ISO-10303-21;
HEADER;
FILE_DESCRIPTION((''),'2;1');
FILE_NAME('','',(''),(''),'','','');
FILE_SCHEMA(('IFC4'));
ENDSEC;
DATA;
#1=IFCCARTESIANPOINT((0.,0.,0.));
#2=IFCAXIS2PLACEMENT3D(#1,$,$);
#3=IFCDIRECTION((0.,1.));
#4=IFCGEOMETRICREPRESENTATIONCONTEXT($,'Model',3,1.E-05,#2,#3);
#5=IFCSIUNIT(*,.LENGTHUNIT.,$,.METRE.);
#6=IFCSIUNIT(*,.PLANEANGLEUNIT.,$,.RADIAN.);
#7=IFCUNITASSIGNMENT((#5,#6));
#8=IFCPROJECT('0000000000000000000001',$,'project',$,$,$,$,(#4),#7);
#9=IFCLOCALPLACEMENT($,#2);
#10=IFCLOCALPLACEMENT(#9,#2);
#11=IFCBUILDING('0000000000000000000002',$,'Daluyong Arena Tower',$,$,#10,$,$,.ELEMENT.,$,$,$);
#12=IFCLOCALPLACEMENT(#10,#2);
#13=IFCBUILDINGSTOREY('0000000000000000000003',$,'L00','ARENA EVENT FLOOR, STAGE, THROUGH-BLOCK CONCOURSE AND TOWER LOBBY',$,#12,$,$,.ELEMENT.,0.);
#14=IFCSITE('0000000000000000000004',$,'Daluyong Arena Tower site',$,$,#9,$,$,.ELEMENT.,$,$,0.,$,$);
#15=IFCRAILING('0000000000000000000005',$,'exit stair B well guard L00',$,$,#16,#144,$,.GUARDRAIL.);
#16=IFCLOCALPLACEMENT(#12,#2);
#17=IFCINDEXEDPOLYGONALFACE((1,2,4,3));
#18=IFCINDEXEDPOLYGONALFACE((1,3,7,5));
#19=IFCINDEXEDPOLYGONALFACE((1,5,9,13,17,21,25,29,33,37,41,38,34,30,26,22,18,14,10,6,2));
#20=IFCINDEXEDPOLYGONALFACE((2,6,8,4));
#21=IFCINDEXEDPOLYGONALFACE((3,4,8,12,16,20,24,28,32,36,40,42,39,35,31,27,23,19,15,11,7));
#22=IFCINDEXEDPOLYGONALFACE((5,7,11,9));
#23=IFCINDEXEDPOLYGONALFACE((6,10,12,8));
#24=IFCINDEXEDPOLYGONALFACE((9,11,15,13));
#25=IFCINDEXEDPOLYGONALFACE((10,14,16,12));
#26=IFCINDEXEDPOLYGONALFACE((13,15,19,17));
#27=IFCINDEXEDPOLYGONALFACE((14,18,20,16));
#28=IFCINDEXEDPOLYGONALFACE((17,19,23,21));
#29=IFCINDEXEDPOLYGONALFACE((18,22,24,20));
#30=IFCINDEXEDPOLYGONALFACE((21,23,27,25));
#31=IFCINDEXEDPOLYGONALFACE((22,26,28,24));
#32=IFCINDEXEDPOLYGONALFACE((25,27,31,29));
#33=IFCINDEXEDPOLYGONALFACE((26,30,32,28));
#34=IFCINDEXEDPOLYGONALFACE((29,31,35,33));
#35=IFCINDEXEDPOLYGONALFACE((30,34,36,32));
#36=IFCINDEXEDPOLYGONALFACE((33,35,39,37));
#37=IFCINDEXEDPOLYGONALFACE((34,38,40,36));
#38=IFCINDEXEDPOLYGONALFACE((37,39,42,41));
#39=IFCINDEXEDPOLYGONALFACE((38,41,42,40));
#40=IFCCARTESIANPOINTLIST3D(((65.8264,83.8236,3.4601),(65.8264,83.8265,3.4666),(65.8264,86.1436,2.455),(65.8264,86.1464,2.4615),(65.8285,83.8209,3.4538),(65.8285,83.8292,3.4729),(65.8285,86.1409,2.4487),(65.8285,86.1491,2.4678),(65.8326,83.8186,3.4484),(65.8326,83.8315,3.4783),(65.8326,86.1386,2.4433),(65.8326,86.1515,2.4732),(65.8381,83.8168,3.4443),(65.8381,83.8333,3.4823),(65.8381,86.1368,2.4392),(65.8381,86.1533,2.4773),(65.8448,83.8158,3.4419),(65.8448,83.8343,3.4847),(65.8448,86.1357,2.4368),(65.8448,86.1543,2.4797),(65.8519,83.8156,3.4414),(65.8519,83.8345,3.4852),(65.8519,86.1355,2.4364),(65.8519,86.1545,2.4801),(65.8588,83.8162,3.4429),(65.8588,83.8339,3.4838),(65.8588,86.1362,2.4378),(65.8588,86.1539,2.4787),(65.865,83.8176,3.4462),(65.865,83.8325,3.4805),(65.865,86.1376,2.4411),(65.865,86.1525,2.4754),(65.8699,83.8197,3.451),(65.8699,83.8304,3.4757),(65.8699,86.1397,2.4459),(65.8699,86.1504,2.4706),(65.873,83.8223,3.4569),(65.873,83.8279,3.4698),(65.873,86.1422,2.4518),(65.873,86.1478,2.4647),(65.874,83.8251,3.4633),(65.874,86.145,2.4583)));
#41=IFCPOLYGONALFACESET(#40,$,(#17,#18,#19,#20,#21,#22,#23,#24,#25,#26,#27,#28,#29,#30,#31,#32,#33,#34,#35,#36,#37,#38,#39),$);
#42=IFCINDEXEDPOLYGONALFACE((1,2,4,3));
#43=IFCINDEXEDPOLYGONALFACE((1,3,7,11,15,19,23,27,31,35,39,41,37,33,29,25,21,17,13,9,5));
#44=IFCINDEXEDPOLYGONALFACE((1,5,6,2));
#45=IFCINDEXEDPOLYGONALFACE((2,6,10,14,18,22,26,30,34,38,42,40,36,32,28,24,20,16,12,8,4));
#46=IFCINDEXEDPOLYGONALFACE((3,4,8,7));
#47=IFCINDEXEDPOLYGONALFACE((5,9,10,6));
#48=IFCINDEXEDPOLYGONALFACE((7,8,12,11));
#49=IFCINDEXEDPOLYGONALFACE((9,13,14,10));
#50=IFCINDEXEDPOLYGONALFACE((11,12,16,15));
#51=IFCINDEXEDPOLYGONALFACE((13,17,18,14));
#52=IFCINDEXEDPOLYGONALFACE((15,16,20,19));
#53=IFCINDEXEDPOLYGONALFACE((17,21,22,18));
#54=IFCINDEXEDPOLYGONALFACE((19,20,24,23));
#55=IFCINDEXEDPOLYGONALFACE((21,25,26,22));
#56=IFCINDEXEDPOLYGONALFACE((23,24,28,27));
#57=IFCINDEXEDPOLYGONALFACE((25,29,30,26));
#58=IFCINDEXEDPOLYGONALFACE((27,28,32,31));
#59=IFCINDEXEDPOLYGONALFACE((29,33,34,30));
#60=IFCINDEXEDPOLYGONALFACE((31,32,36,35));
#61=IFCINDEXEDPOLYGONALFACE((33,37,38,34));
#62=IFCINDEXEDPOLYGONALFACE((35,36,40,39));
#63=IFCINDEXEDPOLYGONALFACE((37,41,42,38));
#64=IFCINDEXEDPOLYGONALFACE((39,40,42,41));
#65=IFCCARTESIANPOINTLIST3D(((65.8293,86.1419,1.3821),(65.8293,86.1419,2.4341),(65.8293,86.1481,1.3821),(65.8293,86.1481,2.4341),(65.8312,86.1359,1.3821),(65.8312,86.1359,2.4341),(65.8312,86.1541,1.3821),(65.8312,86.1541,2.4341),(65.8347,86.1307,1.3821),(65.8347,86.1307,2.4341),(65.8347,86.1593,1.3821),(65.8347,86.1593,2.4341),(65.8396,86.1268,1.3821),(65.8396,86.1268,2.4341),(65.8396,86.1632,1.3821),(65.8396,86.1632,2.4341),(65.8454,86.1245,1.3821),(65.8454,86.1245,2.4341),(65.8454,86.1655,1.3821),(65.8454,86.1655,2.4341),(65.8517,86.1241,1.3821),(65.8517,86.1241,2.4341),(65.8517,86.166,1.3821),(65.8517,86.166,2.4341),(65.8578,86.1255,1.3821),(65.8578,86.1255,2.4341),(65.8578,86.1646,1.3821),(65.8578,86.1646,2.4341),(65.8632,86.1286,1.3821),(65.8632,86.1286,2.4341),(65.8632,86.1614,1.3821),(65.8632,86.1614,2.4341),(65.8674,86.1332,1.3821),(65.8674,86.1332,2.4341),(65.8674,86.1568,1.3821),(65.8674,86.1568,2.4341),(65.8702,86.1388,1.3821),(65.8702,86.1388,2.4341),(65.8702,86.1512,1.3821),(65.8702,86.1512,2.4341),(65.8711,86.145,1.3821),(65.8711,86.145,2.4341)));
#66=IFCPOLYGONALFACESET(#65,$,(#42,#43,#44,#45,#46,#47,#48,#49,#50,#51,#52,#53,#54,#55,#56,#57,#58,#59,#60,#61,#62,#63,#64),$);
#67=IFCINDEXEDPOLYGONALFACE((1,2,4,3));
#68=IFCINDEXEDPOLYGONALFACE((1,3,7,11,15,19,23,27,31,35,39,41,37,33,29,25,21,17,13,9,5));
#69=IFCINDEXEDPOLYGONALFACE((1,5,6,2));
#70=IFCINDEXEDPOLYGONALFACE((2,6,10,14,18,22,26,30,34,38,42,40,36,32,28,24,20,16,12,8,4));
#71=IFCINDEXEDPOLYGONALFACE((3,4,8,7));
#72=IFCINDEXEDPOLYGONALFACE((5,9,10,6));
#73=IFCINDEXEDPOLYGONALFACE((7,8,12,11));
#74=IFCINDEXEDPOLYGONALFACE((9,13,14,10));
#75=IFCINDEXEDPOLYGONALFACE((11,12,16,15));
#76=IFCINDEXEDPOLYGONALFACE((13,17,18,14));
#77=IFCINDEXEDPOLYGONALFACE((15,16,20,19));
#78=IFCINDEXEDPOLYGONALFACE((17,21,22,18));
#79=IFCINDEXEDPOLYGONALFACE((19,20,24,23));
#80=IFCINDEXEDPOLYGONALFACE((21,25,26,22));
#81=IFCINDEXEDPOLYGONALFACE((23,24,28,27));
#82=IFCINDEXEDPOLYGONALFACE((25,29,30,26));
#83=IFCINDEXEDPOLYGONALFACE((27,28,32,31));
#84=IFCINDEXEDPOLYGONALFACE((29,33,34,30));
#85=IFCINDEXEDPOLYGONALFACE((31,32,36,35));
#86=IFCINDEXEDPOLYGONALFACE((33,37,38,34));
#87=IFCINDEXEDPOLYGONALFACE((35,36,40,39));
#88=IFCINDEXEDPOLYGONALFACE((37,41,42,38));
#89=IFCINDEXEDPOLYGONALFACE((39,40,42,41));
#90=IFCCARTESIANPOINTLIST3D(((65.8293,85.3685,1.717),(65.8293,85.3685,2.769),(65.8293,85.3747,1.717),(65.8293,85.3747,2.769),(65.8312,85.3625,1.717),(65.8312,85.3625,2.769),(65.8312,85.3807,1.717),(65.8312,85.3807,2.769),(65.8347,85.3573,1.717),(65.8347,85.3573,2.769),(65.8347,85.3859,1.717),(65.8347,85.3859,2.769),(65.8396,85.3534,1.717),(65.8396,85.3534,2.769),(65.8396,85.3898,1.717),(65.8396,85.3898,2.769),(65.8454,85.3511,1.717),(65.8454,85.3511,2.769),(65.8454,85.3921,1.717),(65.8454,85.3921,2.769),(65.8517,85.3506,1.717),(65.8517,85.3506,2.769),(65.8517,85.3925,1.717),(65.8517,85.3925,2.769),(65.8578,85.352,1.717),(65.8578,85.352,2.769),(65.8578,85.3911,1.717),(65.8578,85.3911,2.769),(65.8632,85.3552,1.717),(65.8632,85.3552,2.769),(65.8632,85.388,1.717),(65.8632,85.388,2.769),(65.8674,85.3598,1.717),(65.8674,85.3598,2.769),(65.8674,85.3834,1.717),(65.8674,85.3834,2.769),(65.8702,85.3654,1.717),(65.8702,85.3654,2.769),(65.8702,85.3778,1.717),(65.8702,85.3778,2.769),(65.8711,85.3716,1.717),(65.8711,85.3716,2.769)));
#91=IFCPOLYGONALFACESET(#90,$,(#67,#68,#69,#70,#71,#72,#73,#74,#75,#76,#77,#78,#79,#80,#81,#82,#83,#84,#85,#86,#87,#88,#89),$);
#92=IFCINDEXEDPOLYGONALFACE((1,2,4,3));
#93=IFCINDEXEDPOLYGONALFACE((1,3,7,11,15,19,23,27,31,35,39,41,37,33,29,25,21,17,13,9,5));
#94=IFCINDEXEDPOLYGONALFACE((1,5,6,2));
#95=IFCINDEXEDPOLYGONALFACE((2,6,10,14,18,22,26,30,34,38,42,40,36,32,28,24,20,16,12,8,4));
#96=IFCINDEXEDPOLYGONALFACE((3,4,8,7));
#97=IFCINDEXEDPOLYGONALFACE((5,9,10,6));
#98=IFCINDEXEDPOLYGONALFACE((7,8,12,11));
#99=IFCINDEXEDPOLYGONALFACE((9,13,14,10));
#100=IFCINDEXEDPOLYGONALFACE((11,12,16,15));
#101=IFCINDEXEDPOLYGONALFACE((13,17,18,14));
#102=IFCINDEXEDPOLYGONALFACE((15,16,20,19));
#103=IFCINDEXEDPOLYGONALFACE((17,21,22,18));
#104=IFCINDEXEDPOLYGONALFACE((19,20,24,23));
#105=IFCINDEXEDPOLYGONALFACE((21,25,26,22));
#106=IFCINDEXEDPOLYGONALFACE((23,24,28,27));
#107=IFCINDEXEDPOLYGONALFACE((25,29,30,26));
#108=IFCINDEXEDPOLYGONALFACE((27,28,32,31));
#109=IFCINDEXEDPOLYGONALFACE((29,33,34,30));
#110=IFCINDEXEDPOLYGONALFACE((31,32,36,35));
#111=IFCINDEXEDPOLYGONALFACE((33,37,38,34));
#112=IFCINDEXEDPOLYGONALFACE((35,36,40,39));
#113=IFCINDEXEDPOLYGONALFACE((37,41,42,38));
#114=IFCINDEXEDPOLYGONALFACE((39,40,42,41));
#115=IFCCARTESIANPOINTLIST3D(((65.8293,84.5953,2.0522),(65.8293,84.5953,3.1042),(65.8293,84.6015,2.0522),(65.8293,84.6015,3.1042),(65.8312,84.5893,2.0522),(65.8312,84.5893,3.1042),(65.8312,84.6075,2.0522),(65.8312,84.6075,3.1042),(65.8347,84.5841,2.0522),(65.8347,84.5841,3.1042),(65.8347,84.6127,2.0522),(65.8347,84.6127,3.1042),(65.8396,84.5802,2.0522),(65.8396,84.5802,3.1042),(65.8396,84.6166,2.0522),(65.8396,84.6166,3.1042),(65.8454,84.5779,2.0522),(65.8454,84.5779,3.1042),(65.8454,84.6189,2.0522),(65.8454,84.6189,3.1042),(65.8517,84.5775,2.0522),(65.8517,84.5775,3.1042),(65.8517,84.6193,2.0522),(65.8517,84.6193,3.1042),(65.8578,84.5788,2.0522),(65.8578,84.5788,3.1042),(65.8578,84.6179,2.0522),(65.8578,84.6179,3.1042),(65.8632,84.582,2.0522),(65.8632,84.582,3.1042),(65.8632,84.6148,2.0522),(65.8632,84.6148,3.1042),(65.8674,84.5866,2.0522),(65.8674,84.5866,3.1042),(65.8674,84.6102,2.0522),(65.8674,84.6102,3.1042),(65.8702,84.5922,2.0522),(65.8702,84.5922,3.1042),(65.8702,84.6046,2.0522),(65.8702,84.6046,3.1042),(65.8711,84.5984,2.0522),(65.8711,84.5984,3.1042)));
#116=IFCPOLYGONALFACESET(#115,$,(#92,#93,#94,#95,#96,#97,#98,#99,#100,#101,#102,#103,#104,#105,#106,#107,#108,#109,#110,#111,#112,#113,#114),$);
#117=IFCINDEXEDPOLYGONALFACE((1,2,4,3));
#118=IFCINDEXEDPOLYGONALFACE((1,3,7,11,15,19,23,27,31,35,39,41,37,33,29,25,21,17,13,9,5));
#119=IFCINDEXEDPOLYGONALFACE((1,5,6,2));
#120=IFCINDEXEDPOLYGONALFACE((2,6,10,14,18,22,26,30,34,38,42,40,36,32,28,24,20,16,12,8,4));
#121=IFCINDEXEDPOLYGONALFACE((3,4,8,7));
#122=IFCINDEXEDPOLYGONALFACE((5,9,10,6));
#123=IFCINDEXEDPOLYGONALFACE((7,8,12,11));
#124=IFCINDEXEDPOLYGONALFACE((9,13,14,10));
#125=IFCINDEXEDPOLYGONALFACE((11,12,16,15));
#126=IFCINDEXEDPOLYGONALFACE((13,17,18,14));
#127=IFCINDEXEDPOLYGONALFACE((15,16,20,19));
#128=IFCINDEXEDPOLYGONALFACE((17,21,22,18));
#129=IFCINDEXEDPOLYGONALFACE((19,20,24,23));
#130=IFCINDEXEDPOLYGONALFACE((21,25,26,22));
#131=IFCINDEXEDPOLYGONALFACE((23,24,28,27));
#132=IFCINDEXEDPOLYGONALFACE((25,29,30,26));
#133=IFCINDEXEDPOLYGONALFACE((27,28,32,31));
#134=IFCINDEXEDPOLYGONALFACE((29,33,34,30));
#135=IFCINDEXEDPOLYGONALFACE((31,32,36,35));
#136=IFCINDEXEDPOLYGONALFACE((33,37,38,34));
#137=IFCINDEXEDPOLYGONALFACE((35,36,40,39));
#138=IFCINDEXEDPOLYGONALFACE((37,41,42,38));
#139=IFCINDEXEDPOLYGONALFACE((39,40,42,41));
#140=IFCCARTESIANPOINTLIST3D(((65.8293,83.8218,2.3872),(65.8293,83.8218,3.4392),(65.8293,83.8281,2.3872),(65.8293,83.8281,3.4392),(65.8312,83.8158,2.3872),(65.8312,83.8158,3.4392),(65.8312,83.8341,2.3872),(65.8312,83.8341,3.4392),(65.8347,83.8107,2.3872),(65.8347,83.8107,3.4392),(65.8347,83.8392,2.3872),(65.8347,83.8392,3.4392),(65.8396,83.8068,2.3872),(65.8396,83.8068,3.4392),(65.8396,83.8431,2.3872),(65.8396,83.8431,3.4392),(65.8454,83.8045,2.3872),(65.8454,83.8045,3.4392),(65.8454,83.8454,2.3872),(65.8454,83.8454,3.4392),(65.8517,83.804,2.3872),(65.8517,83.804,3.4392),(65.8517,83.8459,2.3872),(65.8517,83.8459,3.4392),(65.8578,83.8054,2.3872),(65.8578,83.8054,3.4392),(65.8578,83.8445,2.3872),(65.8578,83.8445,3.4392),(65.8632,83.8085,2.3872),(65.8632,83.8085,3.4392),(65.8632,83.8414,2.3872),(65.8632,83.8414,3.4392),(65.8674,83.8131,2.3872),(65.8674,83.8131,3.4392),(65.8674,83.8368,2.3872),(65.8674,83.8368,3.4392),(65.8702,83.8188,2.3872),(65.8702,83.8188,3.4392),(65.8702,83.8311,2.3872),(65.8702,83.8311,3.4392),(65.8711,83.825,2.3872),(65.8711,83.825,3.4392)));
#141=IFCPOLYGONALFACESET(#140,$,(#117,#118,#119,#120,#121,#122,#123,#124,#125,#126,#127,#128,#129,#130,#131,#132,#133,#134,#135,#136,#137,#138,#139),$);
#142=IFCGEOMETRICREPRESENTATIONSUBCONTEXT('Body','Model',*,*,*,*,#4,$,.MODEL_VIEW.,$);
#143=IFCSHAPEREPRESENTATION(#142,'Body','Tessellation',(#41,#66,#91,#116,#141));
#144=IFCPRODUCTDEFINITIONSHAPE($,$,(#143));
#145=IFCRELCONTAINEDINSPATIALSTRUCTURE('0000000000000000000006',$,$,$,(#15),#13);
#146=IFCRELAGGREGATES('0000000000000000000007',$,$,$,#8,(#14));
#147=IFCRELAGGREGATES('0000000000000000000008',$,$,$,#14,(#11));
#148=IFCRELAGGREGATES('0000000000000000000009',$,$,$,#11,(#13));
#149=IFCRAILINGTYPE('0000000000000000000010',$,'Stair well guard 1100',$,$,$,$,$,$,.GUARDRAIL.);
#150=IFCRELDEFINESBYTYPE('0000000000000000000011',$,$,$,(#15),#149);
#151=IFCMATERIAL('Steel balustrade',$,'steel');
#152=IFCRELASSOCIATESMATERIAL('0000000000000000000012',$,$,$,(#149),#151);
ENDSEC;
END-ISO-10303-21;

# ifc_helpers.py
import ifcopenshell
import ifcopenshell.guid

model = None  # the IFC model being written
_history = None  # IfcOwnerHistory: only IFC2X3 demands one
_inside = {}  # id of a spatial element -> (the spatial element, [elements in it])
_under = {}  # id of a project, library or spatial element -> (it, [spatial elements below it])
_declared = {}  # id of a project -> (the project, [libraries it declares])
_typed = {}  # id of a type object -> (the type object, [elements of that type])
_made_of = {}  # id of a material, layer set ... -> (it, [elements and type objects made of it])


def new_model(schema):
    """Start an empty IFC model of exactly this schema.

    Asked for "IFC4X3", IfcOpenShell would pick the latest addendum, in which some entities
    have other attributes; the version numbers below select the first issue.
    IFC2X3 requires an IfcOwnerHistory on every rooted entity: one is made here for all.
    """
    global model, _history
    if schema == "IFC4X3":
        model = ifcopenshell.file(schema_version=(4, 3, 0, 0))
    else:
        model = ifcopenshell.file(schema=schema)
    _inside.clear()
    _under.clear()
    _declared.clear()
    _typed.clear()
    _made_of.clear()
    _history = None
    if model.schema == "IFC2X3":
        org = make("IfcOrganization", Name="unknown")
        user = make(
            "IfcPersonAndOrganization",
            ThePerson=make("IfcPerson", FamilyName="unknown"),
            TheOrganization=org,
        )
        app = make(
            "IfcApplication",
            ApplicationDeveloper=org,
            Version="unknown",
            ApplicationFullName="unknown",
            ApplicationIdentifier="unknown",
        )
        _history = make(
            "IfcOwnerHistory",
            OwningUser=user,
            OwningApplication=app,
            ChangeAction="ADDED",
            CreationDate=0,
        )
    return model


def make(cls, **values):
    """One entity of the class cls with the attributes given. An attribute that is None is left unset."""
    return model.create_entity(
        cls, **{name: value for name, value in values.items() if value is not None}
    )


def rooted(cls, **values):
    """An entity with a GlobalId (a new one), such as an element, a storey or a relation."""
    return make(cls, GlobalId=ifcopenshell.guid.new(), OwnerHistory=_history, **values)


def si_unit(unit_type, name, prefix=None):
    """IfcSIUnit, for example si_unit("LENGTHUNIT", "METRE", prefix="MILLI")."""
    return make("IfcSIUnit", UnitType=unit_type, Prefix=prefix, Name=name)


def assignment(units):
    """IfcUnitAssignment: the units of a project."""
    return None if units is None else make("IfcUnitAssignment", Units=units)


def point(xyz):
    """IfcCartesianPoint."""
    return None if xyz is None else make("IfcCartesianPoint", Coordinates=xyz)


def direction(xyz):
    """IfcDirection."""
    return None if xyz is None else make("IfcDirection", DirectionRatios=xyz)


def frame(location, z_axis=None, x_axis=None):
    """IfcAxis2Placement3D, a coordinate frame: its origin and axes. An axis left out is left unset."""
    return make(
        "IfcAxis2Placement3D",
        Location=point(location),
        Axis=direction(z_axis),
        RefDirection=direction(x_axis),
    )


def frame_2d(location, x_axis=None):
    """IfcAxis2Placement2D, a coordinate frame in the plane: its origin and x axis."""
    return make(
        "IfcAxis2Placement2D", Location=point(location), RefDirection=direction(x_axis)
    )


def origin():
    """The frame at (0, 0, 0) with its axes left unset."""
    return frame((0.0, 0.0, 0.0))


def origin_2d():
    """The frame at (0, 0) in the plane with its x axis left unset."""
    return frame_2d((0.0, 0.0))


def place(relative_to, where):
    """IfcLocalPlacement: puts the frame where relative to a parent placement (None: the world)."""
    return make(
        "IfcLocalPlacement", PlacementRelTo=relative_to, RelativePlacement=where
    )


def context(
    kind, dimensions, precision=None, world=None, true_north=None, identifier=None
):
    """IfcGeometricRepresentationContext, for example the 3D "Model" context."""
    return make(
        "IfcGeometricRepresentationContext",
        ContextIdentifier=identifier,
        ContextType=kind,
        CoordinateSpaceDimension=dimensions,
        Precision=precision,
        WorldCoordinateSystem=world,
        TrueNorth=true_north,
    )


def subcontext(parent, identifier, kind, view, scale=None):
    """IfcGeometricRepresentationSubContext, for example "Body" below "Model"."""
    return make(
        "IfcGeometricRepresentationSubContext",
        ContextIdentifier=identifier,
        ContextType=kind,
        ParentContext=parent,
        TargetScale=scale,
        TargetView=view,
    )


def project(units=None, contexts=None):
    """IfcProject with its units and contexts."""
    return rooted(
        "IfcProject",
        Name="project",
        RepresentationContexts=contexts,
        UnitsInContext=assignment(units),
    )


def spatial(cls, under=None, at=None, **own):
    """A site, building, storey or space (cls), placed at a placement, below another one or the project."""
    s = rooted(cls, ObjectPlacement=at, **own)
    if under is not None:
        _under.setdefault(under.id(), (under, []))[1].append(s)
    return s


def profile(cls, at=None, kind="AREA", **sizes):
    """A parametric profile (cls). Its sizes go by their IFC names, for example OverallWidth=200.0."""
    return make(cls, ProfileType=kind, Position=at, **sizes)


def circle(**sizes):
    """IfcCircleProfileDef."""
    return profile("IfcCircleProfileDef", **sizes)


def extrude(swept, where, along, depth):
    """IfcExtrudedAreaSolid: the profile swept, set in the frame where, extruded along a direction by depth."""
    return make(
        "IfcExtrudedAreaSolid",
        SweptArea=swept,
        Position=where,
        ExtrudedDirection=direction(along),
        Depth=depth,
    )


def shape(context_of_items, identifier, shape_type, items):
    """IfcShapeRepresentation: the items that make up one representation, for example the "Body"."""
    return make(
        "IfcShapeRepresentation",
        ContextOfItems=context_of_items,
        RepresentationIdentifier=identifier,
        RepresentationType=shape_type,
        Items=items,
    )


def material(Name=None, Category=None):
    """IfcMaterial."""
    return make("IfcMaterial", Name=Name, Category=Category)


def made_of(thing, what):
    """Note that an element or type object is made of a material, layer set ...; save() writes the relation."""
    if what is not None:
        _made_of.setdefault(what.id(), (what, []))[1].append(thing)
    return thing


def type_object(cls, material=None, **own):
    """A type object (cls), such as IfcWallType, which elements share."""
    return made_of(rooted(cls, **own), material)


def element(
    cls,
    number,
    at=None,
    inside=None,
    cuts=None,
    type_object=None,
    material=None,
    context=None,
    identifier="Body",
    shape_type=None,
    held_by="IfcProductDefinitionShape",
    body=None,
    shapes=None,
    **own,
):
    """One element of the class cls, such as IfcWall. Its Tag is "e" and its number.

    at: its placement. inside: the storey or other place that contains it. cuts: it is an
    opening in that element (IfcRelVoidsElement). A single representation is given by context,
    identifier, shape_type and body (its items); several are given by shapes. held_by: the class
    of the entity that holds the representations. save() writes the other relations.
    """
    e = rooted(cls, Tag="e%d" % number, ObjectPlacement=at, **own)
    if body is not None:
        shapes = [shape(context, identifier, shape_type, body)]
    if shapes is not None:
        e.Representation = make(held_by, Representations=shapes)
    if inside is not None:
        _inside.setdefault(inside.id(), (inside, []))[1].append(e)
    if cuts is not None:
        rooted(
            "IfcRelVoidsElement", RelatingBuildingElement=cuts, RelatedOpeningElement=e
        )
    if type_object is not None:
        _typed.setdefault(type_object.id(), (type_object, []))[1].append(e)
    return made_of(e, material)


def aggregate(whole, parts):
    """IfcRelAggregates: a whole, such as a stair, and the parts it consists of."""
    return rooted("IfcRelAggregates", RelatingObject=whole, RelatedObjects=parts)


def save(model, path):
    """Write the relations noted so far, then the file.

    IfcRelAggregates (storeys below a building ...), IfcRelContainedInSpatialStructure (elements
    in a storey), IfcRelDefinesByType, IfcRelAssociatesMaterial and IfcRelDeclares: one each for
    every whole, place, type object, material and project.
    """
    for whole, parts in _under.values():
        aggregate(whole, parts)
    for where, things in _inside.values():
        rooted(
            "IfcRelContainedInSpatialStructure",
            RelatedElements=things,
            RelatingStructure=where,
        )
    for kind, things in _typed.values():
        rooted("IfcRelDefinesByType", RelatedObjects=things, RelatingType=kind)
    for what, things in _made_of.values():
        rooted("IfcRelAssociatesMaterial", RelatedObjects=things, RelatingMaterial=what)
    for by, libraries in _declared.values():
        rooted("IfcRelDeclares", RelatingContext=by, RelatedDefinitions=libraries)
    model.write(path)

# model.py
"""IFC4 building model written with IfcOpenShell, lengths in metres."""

from ifc_helpers import new_model, si_unit, direction, frame, origin, origin_2d, place, context, subcontext, project, spatial, circle, extrude, material, type_object, element, save


model = new_model("IFC4")

# Units and contexts
model_context = context("Model", 3, precision=1e-05, world=origin(), true_north=direction((0.0, 1.0)))
body_context = subcontext(model_context, "Body", "Model", "MODEL_VIEW")
ifc_project = project(units=[si_unit("LENGTHUNIT", "METRE"), si_unit("PLANEANGLEUNIT", "RADIAN")], contexts=[model_context])

# Site, building, storey
site_placement = place(None, origin())
site = spatial("IfcSite", under=ifc_project, at=site_placement, Name="Daluyong Arena Tower site", CompositionType="ELEMENT", RefElevation=0.0)
building_placement = place(site_placement, origin())
building = spatial("IfcBuilding", under=site, at=building_placement, Name="Daluyong Arena Tower", CompositionType="ELEMENT")
storey_placement = place(building_placement, origin())
storey = spatial("IfcBuildingStorey", under=building, at=storey_placement, Name="L00", Description="ARENA EVENT FLOOR, STAGE, THROUGH-BLOCK CONCOURSE AND TOWER LOBBY", CompositionType="ELEMENT", Elevation=0.0)

# Railing
ifc_material_1 = material(Name="Steel balustrade", Category="steel")
railing_type_1 = type_object("IfcRailingType", Name="Stair well guard 1100", PredefinedType="GUARDRAIL", material=ifc_material_1)
railing_1_placement = place(storey_placement, frame((65.8501, 86.145, 1.3821)))
element("IfcRailing", 1, at=railing_1_placement, inside=storey, type_object=railing_type_1, Name="exit stair B well guard L00", PredefinedType="GUARDRAIL", context=body_context, shape_type="SweptSolid", body=[
    extrude(circle(Radius=0.0239, at=origin_2d()), frame((0.0, 0.0, 1.0762), z_axis=(0.0, -0.91759, 0.397529), x_axis=(1.0, 0.0, 0.0)), (0.0, 0.0, 1.0), 2.5283),
    extrude(circle(Radius=0.021, at=origin_2d()), origin(), (0.0, 0.0, 1.0), 1.052),
    extrude(circle(Radius=0.021, at=origin_2d()), frame((0.0, -0.7734, 0.335)), (0.0, 0.0, 1.0), 1.052),
    extrude(circle(Radius=0.021, at=origin_2d()), frame((0.0, -1.5466, 0.6702)), (0.0, 0.0, 1.0), 1.052),
    extrude(circle(Radius=0.021, at=origin_2d()), frame((0.0, -2.3201, 1.0051)), (0.0, 0.0, 1.0), 1.052),
])

save(model, "model.ifc")
